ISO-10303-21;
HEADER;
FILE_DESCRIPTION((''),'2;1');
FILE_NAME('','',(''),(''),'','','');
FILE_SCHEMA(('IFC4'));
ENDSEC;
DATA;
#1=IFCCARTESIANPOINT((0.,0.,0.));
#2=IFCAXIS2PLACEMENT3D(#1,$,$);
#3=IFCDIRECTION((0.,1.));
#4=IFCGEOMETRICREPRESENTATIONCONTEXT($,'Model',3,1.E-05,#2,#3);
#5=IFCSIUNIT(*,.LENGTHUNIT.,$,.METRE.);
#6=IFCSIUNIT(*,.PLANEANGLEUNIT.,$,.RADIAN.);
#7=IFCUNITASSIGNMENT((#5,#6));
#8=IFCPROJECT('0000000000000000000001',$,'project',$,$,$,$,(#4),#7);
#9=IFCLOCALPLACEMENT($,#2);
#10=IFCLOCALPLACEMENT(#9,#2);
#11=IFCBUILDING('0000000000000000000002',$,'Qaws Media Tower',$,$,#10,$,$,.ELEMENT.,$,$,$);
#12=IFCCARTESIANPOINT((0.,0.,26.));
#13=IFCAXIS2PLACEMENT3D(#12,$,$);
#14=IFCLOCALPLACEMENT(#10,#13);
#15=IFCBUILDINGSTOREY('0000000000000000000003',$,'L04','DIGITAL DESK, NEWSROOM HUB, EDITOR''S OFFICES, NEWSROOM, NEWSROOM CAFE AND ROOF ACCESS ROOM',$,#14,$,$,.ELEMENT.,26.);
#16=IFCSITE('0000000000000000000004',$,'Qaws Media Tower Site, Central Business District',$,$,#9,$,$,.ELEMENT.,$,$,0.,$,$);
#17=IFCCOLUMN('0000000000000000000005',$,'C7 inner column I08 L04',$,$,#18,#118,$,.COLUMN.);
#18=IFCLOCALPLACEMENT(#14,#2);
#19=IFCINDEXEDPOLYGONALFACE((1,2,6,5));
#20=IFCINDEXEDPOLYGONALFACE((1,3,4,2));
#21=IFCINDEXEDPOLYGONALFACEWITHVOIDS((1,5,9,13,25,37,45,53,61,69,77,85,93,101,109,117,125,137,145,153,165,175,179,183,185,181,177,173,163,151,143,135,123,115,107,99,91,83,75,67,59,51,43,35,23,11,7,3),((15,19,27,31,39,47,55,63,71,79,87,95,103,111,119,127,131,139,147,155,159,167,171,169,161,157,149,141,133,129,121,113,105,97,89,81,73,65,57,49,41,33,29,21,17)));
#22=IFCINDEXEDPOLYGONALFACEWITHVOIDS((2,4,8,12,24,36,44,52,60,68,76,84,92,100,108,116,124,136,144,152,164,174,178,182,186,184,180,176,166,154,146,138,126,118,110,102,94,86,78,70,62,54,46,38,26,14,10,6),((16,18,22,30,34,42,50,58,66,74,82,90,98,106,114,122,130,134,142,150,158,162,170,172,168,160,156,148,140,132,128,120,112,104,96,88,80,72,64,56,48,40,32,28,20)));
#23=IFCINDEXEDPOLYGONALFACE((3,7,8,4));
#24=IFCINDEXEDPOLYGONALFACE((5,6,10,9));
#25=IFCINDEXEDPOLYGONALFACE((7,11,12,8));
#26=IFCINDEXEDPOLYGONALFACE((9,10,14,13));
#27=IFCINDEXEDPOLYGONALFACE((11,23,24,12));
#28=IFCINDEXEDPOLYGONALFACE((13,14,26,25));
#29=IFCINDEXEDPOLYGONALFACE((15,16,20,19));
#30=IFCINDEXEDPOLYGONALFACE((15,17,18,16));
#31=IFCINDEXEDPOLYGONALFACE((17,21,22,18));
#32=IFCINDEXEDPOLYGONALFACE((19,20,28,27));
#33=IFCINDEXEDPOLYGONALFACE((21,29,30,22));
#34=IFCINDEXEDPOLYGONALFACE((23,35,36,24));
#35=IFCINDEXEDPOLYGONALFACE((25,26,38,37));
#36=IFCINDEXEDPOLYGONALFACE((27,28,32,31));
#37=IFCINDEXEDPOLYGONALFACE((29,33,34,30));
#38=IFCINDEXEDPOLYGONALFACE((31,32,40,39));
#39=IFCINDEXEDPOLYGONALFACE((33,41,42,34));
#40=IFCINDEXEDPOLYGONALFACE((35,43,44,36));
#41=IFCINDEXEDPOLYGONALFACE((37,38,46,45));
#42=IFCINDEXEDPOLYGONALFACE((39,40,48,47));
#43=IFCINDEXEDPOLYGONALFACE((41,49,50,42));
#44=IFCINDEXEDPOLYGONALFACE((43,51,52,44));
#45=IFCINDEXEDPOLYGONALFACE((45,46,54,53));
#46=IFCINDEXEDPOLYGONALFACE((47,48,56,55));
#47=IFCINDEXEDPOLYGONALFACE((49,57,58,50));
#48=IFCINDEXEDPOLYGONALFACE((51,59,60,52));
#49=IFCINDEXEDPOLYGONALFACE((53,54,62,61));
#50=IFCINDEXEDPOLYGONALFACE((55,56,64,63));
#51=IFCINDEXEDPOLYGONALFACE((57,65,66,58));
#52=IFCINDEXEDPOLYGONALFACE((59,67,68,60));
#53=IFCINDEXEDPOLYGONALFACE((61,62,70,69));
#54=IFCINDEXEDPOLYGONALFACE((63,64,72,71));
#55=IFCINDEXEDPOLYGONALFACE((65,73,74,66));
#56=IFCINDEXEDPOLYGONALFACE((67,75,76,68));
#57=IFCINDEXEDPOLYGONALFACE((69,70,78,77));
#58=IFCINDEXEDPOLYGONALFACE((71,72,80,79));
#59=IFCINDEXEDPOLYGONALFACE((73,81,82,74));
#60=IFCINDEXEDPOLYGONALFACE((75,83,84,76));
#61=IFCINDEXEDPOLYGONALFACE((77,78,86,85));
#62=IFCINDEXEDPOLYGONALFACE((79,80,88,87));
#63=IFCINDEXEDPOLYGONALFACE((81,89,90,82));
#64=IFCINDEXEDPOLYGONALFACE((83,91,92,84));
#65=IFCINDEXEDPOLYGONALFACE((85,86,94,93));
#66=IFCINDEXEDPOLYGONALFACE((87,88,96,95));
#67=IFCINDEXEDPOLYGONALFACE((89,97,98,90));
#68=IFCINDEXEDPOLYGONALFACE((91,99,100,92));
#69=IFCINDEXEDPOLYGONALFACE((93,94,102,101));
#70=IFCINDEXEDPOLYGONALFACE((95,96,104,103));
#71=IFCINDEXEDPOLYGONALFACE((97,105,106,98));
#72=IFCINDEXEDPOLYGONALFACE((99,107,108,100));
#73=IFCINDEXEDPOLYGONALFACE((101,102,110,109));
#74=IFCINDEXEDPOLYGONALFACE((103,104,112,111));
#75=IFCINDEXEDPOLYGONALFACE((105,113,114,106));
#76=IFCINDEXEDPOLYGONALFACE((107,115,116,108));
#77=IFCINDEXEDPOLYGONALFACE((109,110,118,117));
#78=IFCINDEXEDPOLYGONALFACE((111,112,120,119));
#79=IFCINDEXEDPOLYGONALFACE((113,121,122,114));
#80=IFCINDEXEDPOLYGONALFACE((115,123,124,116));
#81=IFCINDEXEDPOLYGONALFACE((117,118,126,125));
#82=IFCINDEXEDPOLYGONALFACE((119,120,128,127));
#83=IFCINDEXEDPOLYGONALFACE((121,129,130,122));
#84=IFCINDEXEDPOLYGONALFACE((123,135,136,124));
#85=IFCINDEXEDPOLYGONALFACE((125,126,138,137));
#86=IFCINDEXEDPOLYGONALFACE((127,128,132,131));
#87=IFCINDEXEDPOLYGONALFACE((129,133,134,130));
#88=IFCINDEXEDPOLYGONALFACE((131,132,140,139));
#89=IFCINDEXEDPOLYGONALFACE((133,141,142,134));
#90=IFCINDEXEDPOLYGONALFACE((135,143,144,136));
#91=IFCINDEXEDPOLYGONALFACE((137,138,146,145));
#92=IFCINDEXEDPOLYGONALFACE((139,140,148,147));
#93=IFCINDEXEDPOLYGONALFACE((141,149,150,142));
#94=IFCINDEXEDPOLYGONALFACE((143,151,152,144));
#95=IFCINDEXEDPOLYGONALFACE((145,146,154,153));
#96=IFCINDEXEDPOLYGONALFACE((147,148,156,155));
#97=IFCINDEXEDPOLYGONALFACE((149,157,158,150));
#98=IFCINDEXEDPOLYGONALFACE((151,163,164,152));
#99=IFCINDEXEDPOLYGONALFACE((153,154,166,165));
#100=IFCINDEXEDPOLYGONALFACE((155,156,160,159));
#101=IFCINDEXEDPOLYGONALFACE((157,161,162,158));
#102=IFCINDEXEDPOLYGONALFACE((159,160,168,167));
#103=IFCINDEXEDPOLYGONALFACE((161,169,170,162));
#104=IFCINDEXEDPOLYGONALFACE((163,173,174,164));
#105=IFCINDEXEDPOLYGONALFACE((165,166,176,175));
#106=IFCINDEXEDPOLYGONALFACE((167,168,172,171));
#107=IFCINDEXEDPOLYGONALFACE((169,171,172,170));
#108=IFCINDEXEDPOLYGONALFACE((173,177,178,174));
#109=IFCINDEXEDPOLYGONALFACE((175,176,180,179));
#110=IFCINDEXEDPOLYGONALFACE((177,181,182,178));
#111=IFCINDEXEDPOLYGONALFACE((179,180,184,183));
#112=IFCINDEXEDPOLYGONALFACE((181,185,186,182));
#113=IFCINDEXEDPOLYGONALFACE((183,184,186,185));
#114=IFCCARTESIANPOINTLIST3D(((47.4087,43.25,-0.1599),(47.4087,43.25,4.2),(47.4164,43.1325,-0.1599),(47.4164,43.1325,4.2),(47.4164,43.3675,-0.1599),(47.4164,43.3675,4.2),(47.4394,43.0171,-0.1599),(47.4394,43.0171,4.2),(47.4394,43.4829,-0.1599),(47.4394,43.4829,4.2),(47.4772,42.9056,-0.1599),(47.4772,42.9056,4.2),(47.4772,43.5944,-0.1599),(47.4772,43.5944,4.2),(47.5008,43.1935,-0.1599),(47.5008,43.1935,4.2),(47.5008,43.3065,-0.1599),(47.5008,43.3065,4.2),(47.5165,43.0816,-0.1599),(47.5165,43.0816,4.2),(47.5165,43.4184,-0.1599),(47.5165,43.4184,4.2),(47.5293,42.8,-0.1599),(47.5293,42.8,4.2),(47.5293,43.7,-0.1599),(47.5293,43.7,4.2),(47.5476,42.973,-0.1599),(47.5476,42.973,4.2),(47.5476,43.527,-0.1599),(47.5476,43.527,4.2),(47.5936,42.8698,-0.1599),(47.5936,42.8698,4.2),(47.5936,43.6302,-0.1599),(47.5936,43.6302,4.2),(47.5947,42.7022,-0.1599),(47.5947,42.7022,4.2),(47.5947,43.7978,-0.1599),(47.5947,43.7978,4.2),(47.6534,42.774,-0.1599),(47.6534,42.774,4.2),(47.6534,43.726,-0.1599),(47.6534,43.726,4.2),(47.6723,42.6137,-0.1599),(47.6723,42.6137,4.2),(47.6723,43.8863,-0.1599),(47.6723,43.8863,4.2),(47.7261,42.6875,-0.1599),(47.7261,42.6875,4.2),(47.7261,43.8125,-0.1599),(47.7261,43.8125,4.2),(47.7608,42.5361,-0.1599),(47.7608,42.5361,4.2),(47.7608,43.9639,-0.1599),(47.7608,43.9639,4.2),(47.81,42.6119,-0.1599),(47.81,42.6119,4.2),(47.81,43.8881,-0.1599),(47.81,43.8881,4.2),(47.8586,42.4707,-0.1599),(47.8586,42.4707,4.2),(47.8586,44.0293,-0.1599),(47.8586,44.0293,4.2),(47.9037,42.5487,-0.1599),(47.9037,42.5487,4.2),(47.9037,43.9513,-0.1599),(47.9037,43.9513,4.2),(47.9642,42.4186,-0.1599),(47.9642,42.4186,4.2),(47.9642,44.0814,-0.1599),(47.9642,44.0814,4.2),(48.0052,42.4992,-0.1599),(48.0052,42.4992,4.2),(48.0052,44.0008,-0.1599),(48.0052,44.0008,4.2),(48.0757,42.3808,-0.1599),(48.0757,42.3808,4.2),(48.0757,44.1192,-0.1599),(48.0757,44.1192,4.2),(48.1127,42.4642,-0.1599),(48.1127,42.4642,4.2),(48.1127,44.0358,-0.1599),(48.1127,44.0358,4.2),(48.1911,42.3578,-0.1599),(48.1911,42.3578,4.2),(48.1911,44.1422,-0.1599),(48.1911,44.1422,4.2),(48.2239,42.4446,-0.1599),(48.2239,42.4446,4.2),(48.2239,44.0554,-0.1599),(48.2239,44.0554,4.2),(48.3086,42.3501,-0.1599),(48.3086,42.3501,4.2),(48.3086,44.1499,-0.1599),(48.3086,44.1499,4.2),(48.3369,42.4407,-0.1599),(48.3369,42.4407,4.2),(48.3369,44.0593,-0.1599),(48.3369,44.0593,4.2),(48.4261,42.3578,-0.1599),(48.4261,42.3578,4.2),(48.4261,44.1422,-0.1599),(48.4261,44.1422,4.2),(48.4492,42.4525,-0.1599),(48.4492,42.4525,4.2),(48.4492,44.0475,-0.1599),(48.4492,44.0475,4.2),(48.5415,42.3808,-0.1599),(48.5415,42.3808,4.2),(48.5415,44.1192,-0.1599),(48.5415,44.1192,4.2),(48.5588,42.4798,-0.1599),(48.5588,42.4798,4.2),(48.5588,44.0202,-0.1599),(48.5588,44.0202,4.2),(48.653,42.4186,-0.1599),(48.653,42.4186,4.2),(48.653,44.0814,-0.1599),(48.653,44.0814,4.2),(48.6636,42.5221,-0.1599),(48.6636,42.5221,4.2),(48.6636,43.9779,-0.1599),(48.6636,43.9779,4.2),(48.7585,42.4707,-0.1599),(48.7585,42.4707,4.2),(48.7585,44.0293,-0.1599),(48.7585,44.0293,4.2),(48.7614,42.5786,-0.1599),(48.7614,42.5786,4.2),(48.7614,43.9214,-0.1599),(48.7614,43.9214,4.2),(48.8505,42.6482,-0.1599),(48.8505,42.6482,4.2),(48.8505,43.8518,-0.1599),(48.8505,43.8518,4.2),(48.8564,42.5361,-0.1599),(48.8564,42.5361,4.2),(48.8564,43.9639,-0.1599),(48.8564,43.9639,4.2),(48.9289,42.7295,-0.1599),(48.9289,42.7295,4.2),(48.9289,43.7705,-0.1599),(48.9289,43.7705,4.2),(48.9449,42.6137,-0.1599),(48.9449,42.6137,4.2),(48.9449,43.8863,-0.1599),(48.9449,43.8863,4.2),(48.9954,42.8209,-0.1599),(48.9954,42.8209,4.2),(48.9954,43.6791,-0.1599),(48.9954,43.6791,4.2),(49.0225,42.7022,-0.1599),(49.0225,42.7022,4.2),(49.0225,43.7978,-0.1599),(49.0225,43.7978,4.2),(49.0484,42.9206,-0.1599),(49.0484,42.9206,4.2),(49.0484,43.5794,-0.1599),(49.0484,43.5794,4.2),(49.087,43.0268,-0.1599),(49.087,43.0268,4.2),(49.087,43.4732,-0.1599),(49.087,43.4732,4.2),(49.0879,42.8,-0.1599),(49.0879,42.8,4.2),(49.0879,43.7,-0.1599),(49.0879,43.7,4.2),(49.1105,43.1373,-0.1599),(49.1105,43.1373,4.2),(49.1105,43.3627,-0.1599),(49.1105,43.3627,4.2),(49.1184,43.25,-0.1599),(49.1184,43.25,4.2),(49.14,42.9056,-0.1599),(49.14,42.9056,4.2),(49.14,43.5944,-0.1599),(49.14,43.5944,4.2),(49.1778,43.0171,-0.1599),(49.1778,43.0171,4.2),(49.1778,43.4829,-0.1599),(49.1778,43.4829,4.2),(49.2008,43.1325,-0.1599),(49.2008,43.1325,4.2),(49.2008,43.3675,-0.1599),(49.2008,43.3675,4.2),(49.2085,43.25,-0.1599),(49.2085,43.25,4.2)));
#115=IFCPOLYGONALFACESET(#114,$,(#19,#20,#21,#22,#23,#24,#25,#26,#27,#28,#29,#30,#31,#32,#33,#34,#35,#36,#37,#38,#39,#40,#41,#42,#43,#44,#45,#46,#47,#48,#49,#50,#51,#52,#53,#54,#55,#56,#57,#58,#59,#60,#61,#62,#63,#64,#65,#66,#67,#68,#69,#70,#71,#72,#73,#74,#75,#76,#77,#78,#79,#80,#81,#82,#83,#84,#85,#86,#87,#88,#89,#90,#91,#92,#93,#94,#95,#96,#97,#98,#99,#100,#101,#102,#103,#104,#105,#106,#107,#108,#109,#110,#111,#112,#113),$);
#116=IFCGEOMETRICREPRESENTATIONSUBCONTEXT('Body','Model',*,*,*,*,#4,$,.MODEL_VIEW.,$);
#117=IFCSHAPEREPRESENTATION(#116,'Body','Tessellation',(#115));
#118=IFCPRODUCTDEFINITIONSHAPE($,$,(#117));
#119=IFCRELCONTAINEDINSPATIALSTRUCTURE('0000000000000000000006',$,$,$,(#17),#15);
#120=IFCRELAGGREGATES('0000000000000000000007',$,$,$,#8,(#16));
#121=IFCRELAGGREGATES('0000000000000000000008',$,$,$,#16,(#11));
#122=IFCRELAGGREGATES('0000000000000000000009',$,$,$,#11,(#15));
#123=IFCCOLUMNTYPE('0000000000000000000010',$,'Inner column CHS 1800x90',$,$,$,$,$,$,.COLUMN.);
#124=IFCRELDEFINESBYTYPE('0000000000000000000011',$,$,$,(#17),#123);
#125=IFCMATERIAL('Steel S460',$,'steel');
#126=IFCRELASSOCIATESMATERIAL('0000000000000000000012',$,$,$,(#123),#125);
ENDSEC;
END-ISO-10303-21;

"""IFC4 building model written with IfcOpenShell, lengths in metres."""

from ifc_helpers import new_model, si_unit, direction, frame, origin, origin_2d, place, context, subcontext, project, spatial, hollow_circle, extrude, material, material_profile, profile_set, type_object, element, save


model = new_model("IFC4")

# Units and contexts
model_context = context("Model", 3, precision=1e-05, world=origin(), true_north=direction((0.0, 1.0)))
body_context = subcontext(model_context, "Body", "Model", "MODEL_VIEW")
ifc_project = project(units=[si_unit("LENGTHUNIT", "METRE"), si_unit("PLANEANGLEUNIT", "RADIAN")], contexts=[model_context])

# Site, building, storey
site_placement = place(None, origin())
site = spatial("IfcSite", under=ifc_project, at=site_placement, Name="Qaws Media Tower Site, Central Business District", CompositionType="ELEMENT", RefElevation=0.0)
building_placement = place(site_placement, origin())
building = spatial("IfcBuilding", under=site, at=building_placement, Name="Qaws Media Tower", CompositionType="ELEMENT")
storey_placement = place(building_placement, frame((0.0, 0.0, 26.0)))
storey = spatial("IfcBuildingStorey", under=building, at=storey_placement, Name="L04", Description="DIGITAL DESK, NEWSROOM HUB, EDITOR'S OFFICES, NEWSROOM, NEWSROOM CAFE AND ROOF ACCESS ROOM", CompositionType="ELEMENT", Elevation=26.0)

# Column
ifc_material_1 = material(Name="Steel S460", Category="steel")
ifc_material_profile_1 = material_profile(ifc_material_1, hollow_circle(Radius=0.8999, WallThickness=0.0901, at=origin_2d()), Name="CHS 1800x90")
ifc_profile_set_1 = profile_set([ifc_material_profile_1], Name="Steel S460")
column_type = type_object("IfcColumnType", Name="Inner column CHS 1800x90", PredefinedType="COLUMN", material=ifc_profile_set_1)
for number, where, z_axis, x_axis, name in (
    (1, (48.3086, 43.25, -0.1599), (0.0, 0.0, 1.0), (1.0, 0.0, 0.0), "C7 inner column I08 L04"),
):
    element("IfcColumn", number, at=place(storey_placement, frame(where, z_axis=z_axis, x_axis=x_axis)), inside=storey, type_object=column_type, Name=name, PredefinedType="COLUMN", context=body_context, shape_type="SweptSolid", body=[
        extrude(hollow_circle(Radius=0.8999, WallThickness=0.0901, at=origin_2d()), origin(), (0.0, 0.0, 1.0), 4.3599),
    ])

save(model, "model.ifc")
